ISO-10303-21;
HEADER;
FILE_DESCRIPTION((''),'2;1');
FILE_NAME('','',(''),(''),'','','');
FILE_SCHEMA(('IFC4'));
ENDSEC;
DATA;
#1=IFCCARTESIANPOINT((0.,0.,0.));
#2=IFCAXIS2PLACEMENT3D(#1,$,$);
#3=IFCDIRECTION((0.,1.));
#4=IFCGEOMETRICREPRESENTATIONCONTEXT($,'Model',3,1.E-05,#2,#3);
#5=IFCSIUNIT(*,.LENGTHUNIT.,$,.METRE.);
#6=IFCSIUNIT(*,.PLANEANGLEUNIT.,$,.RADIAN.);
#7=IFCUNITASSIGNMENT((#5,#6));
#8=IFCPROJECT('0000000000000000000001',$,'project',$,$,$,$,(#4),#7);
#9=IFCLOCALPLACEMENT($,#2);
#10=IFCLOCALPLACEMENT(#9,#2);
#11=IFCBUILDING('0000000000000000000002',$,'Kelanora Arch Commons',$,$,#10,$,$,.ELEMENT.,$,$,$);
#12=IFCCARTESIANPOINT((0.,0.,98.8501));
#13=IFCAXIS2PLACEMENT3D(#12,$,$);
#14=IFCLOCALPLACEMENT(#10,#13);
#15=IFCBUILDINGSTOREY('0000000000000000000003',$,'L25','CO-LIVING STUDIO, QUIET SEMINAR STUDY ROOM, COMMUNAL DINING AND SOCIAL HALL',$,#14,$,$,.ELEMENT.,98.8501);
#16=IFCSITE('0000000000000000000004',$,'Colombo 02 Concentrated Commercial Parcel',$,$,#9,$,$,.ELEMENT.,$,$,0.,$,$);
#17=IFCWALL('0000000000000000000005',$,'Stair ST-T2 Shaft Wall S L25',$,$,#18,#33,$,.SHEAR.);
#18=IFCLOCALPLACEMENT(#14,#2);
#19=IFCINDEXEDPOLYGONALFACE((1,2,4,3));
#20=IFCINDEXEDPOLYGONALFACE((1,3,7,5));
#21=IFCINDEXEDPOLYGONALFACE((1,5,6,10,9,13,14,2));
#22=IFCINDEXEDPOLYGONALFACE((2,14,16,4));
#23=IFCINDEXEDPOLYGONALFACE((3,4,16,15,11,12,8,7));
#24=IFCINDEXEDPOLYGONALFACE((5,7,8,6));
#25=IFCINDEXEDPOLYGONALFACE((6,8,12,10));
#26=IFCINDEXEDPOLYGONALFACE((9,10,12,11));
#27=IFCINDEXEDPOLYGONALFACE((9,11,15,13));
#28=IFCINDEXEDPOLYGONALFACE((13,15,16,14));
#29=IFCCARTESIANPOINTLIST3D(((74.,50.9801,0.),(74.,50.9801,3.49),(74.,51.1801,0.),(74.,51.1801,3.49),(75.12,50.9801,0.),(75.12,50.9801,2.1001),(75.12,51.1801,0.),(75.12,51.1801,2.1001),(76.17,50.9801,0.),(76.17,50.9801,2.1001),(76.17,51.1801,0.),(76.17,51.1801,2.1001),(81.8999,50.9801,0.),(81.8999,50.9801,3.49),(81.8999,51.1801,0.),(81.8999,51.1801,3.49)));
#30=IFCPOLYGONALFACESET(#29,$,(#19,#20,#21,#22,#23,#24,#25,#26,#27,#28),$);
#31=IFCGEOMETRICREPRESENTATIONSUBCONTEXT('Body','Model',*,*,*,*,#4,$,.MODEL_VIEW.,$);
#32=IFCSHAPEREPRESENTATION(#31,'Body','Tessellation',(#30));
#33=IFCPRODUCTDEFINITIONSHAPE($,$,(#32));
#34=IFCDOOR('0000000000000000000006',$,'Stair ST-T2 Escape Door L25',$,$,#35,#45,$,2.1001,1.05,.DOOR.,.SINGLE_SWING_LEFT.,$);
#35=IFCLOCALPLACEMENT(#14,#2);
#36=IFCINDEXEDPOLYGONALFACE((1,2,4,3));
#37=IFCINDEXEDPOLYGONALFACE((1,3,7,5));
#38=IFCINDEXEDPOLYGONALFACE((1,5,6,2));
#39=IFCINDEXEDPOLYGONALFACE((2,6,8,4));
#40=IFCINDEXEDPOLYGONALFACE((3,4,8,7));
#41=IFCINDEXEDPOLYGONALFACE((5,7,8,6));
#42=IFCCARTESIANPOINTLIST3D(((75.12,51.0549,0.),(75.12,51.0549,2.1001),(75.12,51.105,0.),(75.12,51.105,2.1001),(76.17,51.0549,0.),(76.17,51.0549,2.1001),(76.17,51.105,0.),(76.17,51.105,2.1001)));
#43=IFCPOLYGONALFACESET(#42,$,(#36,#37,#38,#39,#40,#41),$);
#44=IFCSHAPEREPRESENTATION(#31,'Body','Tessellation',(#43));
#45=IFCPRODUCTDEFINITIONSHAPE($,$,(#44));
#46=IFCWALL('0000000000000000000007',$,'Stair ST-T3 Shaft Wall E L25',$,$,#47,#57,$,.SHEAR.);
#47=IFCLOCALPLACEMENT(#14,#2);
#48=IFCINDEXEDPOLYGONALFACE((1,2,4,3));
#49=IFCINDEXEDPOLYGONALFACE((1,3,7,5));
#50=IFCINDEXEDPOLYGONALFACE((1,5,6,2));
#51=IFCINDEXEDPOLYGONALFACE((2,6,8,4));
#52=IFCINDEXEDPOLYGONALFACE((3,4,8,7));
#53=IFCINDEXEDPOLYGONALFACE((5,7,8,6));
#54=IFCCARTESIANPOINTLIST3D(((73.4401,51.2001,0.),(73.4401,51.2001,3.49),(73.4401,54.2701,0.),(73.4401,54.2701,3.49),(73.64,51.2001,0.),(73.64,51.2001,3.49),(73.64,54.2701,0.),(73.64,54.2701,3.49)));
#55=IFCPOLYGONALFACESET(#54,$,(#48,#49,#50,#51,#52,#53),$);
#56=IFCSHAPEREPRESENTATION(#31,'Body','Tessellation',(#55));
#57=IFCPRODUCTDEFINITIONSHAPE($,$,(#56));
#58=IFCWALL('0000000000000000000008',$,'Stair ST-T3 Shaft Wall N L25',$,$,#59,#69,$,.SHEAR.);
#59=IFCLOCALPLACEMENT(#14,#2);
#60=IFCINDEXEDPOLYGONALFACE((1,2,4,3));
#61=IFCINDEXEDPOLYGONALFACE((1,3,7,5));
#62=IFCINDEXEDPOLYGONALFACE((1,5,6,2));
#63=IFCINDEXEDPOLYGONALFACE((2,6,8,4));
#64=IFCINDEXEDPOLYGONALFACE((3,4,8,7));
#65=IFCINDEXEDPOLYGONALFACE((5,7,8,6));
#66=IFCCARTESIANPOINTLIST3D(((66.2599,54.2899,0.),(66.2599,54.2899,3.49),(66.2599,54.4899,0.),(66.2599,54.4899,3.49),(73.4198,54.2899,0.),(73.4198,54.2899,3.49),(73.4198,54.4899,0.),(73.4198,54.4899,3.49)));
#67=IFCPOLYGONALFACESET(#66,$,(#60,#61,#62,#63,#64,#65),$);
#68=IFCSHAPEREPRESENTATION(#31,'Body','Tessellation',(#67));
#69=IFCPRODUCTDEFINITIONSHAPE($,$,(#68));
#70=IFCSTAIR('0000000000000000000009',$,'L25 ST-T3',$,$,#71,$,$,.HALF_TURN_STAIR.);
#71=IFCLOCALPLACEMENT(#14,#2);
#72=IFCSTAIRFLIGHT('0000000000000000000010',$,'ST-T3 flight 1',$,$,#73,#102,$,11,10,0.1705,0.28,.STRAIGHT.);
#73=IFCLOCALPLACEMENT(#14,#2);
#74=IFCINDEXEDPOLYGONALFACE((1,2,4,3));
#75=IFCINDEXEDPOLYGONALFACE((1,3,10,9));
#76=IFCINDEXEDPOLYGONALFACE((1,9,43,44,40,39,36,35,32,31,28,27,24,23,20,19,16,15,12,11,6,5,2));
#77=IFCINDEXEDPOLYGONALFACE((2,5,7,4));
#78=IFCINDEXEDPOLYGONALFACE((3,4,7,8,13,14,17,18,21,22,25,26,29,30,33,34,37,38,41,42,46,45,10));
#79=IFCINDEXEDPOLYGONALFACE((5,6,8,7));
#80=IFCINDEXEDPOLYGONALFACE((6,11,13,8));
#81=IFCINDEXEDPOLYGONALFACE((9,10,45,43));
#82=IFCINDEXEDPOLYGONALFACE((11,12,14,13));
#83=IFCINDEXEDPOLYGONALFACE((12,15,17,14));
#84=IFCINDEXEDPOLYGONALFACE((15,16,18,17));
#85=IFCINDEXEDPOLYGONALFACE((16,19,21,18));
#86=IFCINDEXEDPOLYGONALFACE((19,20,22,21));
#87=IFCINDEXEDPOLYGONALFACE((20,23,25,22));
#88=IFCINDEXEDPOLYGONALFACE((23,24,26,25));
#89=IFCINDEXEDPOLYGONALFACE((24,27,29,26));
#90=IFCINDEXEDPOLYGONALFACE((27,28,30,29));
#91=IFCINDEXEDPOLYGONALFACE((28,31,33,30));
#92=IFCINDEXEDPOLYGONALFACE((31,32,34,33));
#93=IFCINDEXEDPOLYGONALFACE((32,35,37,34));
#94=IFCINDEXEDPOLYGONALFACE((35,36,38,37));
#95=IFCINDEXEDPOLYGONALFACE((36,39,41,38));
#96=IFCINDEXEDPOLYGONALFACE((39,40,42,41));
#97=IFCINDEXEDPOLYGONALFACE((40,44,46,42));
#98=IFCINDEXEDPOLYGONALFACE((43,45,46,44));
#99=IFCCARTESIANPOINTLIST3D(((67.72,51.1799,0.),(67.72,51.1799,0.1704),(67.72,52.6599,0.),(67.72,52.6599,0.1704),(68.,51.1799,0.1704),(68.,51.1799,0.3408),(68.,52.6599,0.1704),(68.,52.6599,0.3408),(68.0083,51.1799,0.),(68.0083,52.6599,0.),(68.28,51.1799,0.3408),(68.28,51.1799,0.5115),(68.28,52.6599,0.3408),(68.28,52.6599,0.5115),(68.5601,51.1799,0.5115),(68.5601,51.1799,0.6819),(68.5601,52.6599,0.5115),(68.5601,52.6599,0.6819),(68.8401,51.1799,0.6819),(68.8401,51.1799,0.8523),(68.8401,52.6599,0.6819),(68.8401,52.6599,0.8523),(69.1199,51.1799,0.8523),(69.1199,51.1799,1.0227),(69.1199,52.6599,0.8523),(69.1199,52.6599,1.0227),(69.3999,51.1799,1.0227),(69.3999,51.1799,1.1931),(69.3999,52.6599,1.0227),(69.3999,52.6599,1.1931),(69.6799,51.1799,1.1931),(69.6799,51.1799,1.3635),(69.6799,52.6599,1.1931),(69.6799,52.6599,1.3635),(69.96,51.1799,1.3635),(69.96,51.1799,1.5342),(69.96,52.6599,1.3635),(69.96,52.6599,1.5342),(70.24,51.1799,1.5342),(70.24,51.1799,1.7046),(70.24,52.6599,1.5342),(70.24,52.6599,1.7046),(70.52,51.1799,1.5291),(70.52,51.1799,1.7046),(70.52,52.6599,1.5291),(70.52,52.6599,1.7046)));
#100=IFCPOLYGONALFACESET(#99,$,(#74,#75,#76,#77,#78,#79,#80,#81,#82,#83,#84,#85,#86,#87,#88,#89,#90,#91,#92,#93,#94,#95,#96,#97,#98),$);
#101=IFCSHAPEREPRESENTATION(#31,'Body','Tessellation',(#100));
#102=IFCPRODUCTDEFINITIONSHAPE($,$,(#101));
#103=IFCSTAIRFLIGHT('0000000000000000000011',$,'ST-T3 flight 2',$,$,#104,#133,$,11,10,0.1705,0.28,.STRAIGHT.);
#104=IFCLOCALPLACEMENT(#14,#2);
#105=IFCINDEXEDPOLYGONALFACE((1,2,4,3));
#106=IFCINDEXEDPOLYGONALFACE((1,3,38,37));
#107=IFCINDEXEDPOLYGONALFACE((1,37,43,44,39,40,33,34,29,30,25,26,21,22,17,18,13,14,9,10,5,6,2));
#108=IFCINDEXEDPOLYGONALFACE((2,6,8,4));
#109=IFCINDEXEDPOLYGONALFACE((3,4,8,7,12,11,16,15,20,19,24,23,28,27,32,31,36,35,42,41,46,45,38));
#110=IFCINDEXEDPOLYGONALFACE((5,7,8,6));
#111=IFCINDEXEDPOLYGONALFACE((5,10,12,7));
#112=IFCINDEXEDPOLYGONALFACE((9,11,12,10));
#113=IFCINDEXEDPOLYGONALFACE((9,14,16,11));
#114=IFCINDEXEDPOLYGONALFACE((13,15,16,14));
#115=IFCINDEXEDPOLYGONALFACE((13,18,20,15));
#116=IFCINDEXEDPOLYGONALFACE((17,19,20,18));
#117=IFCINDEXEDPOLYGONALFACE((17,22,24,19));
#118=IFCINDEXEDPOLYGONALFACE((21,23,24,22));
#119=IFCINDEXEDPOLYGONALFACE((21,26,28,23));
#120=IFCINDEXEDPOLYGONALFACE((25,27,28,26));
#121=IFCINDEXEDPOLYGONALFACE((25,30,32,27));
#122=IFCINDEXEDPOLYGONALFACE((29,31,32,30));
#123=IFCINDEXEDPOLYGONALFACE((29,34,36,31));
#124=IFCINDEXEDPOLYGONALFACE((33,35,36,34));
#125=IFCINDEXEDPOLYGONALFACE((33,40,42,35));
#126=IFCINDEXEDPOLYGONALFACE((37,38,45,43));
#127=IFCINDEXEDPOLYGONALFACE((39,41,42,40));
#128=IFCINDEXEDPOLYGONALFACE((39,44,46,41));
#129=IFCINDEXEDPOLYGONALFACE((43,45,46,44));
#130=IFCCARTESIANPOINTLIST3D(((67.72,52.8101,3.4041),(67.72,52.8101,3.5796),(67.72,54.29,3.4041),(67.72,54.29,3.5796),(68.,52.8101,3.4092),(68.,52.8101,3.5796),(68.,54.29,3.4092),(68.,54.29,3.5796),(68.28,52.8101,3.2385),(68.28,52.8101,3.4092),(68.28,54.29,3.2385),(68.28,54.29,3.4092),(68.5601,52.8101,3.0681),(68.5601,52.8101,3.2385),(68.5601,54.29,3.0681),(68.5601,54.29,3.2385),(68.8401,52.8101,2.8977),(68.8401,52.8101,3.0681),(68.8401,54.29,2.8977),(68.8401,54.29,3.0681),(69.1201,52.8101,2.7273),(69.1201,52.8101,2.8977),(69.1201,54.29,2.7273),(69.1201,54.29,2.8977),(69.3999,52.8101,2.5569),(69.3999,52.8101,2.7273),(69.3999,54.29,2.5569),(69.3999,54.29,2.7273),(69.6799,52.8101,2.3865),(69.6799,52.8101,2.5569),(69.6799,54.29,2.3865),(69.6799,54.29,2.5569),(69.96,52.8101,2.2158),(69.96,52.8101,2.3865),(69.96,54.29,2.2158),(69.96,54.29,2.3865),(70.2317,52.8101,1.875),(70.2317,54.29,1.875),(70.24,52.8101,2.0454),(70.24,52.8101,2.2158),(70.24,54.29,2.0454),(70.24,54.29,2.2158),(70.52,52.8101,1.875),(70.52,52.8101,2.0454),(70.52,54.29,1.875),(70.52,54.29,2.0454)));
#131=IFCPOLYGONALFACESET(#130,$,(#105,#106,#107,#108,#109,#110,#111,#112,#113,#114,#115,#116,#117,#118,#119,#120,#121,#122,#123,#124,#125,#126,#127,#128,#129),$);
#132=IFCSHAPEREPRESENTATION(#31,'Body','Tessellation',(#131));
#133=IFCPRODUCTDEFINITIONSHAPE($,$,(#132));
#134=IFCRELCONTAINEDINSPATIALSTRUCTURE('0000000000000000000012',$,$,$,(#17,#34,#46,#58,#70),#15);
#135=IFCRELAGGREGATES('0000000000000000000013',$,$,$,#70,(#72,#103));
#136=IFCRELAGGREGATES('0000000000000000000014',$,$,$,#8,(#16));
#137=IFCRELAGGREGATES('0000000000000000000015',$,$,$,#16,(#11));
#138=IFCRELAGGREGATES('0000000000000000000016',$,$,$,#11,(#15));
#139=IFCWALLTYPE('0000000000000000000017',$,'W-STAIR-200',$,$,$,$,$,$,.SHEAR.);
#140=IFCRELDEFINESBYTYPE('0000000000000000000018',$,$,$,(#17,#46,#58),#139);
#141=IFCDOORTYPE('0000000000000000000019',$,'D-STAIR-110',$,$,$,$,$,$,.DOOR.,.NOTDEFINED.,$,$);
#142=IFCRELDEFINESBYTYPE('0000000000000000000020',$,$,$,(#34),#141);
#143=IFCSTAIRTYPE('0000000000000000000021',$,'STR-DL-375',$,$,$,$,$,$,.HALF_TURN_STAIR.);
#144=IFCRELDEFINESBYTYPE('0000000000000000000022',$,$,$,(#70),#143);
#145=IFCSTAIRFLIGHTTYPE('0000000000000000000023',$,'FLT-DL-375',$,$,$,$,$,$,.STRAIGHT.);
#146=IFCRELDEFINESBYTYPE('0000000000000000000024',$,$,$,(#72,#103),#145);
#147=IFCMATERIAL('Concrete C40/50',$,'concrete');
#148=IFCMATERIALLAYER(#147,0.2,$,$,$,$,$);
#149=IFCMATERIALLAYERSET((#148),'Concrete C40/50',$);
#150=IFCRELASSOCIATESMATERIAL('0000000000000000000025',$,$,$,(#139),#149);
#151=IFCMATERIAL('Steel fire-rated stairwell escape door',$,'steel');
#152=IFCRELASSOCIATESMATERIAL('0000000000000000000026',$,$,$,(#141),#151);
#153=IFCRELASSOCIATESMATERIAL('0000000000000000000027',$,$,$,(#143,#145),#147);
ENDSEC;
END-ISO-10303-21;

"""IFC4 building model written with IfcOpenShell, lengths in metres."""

from ifc_helpers import new_model, si_unit, direction, frame, frame_2d, origin, place, context, subcontext, project, spatial, polyline, rectangle, outline, extrude, material, layer, layer_set, type_object, element, fill, aggregate, save


model = new_model("IFC4")

# Units and contexts
model_context = context("Model", 3, precision=1e-05, world=origin(), true_north=direction((0.0, 1.0)))
body_context = subcontext(model_context, "Body", "Model", "MODEL_VIEW")
ifc_project = project(units=[si_unit("LENGTHUNIT", "METRE"), si_unit("PLANEANGLEUNIT", "RADIAN")], contexts=[model_context])

# Site, building, storey
site_placement = place(None, origin())
site = spatial("IfcSite", under=ifc_project, at=site_placement, Name="Colombo 02 Concentrated Commercial Parcel", CompositionType="ELEMENT", RefElevation=0.0)
building_placement = place(site_placement, origin())
building = spatial("IfcBuilding", under=site, at=building_placement, Name="Kelanora Arch Commons", CompositionType="ELEMENT")
storey_placement = place(building_placement, frame((0.0, 0.0, 98.8501)))
storey = spatial("IfcBuildingStorey", under=building, at=storey_placement, Name="L25", Description="CO-LIVING STUDIO, QUIET SEMINAR STUDY ROOM, COMMUNAL DINING AND SOCIAL HALL", CompositionType="ELEMENT", Elevation=98.8501)

# Wall, opening, door
ifc_material_1 = material(Name="Concrete C40/50", Category="concrete")
ifc_layer_1 = layer(ifc_material_1, 0.2)
ifc_layer_set_1 = layer_set([ifc_layer_1], Name="Concrete C40/50")
wall_type_1 = type_object("IfcWallType", Name="W-STAIR-200", PredefinedType="SHEAR", material=ifc_layer_set_1)
wall_1_placement = place(storey_placement, frame((74.0, 51.0801, 0.0), z_axis=(0.0, 0.0, 1.0), x_axis=(1.0, 0.0, 0.0)))
wall_1 = element("IfcWall", 1, at=wall_1_placement, inside=storey, type_object=wall_type_1, Name="Stair ST-T2 Shaft Wall S L25", PredefinedType="SHEAR", context=body_context, shape_type="SweptSolid", body=[
    extrude(rectangle(XDim=7.8999, YDim=0.2, at=frame_2d((3.95, 0.0))), origin(), (0.0, 0.0, 1.0), 3.49),
])
opening_1_placement = place(wall_1_placement, frame((1.1201, 0.0, 0.0)))
opening_1 = element("IfcOpeningElement", 2, at=opening_1_placement, cuts=wall_1, PredefinedType="OPENING", context=body_context, shape_type="SweptSolid", body=[
    extrude(rectangle(XDim=1.05, YDim=2.1001, at=frame_2d((0.5249, 1.05))), frame((0.0, 0.1099, 0.0), z_axis=(0.0, -1.0, 0.0), x_axis=(1.0, 0.0, 0.0)), (0.0, 0.0, 1.0), 0.22),
])
ifc_material_2 = material(Name="Steel fire-rated stairwell escape door", Category="steel")
door_type_1 = type_object("IfcDoorType", Name="D-STAIR-110", OperationType="NOTDEFINED", PredefinedType="DOOR", material=ifc_material_2)
door_1_placement = place(opening_1_placement, origin())
door_1 = element("IfcDoor", 3, at=door_1_placement, inside=storey, type_object=door_type_1, Name="Stair ST-T2 Escape Door L25", OperationType="SINGLE_SWING_LEFT", OverallHeight=2.1001, OverallWidth=1.05, PredefinedType="DOOR", context=body_context, shape_type="SweptSolid", body=[
    extrude(rectangle(XDim=1.05, YDim=2.1001, at=frame_2d((0.5249, 1.05))), frame((0.0, 0.0249, 0.0), z_axis=(0.0, -1.0, 0.0), x_axis=(1.0, 0.0, 0.0)), (0.0, 0.0, 1.0), 0.05),
])
fill(opening_1, door_1)

# Walls
wall_2_placement = place(storey_placement, frame((73.54, 51.2, 0.0), z_axis=(0.0, 0.0, 1.0), x_axis=(0.0, 1.0, 0.0)))
element("IfcWall", 4, at=wall_2_placement, inside=storey, type_object=wall_type_1, Name="Stair ST-T3 Shaft Wall E L25", PredefinedType="SHEAR", context=body_context, shape_type="SweptSolid", body=[
    extrude(rectangle(XDim=3.0701, YDim=0.2, at=frame_2d((1.5352, 0.0))), origin(), (0.0, 0.0, 1.0), 3.49),
])
wall_3_placement = place(storey_placement, frame((73.4199, 54.3899, 0.0), z_axis=(0.0, 0.0, 1.0), x_axis=(-1.0, 0.0, 0.0)))
element("IfcWall", 5, at=wall_3_placement, inside=storey, type_object=wall_type_1, Name="Stair ST-T3 Shaft Wall N L25", PredefinedType="SHEAR", context=body_context, shape_type="SweptSolid", body=[
    extrude(rectangle(XDim=7.1599, YDim=0.2, at=frame_2d((3.5801, 0.0))), origin(), (0.0, 0.0, 1.0), 3.49),
])

# Stair, stair flights
stair_type = type_object("IfcStairType", Name="STR-DL-375", PredefinedType="HALF_TURN_STAIR", material=ifc_material_1)
stair_placement = place(storey_placement, origin())
stair = element("IfcStair", 6, at=stair_placement, inside=storey, type_object=stair_type, Name="L25 ST-T3", PredefinedType="HALF_TURN_STAIR")
stair_flight_type = type_object("IfcStairFlightType", Name="FLT-DL-375", PredefinedType="STRAIGHT", material=ifc_material_1)
stair_flight_1_placement = place(storey_placement, frame((67.72, 51.9199, 0.0), z_axis=(0.0, 0.0, 1.0), x_axis=(1.0, 0.0, 0.0)))
stair_flight_1 = element("IfcStairFlight", 7, at=stair_flight_1_placement, type_object=stair_flight_type, Name="ST-T3 flight 1", NumberOfRisers=11, NumberOfTreads=10, PredefinedType="STRAIGHT", RiserHeight=0.1705, TreadLength=0.28, context=body_context, shape_type="SweptSolid", body=[
    extrude(outline(polyline([(0.0, 0.0), (0.0, 0.1704), (0.28, 0.1704), (0.28, 0.3408), (0.5601, 0.3408), (0.5601, 0.5115), (0.8401, 0.5115), (0.8401, 0.6819), (1.1201, 0.6819), (1.1201, 0.8523), (1.3999, 0.8523), (1.3999, 1.0227), (1.6799, 1.0227), (1.6799, 1.1931), (1.96, 1.1931), (1.96, 1.3635), (2.24, 1.3635), (2.24, 1.5342), (2.52, 1.5342), (2.52, 1.7046), (2.8, 1.7046), (2.8, 1.875), (2.8, 1.5291), (0.2883, 0.0), (0.0, 0.0)])), frame((0.0, 0.74, 0.0), z_axis=(0.0, -1.0, 0.0), x_axis=(1.0, 0.0, 0.0)), (0.0, 0.0, 1.0), 1.48),
])
stair_flight_2_placement = place(storey_placement, frame((70.52, 53.55, 1.875), z_axis=(0.0, 0.0, 1.0), x_axis=(-1.0, 0.0, 0.0)))
stair_flight_2 = element("IfcStairFlight", 8, at=stair_flight_2_placement, type_object=stair_flight_type, Name="ST-T3 flight 2", NumberOfRisers=11, NumberOfTreads=10, PredefinedType="STRAIGHT", RiserHeight=0.1705, TreadLength=0.28, context=body_context, shape_type="SweptSolid", body=[
    extrude(outline(polyline([(0.0, 0.0), (0.0, 0.1704), (0.28, 0.1704), (0.28, 0.3408), (0.5601, 0.3408), (0.5601, 0.5115), (0.8401, 0.5115), (0.8401, 0.6819), (1.1201, 0.6819), (1.1201, 0.8523), (1.3999, 0.8523), (1.3999, 1.0227), (1.6799, 1.0227), (1.6799, 1.1931), (1.96, 1.1931), (1.96, 1.3635), (2.24, 1.3635), (2.24, 1.5342), (2.52, 1.5342), (2.52, 1.7046), (2.8, 1.7046), (2.8, 1.875), (2.8, 1.5291), (0.2883, 0.0), (0.0, 0.0)])), frame((0.0, 0.74, 0.0), z_axis=(0.0, -1.0, 0.0), x_axis=(1.0, 0.0, 0.0)), (0.0, 0.0, 1.0), 1.48),
])
aggregate(stair, [stair_flight_1, stair_flight_2])

save(model, "model.ifc")
